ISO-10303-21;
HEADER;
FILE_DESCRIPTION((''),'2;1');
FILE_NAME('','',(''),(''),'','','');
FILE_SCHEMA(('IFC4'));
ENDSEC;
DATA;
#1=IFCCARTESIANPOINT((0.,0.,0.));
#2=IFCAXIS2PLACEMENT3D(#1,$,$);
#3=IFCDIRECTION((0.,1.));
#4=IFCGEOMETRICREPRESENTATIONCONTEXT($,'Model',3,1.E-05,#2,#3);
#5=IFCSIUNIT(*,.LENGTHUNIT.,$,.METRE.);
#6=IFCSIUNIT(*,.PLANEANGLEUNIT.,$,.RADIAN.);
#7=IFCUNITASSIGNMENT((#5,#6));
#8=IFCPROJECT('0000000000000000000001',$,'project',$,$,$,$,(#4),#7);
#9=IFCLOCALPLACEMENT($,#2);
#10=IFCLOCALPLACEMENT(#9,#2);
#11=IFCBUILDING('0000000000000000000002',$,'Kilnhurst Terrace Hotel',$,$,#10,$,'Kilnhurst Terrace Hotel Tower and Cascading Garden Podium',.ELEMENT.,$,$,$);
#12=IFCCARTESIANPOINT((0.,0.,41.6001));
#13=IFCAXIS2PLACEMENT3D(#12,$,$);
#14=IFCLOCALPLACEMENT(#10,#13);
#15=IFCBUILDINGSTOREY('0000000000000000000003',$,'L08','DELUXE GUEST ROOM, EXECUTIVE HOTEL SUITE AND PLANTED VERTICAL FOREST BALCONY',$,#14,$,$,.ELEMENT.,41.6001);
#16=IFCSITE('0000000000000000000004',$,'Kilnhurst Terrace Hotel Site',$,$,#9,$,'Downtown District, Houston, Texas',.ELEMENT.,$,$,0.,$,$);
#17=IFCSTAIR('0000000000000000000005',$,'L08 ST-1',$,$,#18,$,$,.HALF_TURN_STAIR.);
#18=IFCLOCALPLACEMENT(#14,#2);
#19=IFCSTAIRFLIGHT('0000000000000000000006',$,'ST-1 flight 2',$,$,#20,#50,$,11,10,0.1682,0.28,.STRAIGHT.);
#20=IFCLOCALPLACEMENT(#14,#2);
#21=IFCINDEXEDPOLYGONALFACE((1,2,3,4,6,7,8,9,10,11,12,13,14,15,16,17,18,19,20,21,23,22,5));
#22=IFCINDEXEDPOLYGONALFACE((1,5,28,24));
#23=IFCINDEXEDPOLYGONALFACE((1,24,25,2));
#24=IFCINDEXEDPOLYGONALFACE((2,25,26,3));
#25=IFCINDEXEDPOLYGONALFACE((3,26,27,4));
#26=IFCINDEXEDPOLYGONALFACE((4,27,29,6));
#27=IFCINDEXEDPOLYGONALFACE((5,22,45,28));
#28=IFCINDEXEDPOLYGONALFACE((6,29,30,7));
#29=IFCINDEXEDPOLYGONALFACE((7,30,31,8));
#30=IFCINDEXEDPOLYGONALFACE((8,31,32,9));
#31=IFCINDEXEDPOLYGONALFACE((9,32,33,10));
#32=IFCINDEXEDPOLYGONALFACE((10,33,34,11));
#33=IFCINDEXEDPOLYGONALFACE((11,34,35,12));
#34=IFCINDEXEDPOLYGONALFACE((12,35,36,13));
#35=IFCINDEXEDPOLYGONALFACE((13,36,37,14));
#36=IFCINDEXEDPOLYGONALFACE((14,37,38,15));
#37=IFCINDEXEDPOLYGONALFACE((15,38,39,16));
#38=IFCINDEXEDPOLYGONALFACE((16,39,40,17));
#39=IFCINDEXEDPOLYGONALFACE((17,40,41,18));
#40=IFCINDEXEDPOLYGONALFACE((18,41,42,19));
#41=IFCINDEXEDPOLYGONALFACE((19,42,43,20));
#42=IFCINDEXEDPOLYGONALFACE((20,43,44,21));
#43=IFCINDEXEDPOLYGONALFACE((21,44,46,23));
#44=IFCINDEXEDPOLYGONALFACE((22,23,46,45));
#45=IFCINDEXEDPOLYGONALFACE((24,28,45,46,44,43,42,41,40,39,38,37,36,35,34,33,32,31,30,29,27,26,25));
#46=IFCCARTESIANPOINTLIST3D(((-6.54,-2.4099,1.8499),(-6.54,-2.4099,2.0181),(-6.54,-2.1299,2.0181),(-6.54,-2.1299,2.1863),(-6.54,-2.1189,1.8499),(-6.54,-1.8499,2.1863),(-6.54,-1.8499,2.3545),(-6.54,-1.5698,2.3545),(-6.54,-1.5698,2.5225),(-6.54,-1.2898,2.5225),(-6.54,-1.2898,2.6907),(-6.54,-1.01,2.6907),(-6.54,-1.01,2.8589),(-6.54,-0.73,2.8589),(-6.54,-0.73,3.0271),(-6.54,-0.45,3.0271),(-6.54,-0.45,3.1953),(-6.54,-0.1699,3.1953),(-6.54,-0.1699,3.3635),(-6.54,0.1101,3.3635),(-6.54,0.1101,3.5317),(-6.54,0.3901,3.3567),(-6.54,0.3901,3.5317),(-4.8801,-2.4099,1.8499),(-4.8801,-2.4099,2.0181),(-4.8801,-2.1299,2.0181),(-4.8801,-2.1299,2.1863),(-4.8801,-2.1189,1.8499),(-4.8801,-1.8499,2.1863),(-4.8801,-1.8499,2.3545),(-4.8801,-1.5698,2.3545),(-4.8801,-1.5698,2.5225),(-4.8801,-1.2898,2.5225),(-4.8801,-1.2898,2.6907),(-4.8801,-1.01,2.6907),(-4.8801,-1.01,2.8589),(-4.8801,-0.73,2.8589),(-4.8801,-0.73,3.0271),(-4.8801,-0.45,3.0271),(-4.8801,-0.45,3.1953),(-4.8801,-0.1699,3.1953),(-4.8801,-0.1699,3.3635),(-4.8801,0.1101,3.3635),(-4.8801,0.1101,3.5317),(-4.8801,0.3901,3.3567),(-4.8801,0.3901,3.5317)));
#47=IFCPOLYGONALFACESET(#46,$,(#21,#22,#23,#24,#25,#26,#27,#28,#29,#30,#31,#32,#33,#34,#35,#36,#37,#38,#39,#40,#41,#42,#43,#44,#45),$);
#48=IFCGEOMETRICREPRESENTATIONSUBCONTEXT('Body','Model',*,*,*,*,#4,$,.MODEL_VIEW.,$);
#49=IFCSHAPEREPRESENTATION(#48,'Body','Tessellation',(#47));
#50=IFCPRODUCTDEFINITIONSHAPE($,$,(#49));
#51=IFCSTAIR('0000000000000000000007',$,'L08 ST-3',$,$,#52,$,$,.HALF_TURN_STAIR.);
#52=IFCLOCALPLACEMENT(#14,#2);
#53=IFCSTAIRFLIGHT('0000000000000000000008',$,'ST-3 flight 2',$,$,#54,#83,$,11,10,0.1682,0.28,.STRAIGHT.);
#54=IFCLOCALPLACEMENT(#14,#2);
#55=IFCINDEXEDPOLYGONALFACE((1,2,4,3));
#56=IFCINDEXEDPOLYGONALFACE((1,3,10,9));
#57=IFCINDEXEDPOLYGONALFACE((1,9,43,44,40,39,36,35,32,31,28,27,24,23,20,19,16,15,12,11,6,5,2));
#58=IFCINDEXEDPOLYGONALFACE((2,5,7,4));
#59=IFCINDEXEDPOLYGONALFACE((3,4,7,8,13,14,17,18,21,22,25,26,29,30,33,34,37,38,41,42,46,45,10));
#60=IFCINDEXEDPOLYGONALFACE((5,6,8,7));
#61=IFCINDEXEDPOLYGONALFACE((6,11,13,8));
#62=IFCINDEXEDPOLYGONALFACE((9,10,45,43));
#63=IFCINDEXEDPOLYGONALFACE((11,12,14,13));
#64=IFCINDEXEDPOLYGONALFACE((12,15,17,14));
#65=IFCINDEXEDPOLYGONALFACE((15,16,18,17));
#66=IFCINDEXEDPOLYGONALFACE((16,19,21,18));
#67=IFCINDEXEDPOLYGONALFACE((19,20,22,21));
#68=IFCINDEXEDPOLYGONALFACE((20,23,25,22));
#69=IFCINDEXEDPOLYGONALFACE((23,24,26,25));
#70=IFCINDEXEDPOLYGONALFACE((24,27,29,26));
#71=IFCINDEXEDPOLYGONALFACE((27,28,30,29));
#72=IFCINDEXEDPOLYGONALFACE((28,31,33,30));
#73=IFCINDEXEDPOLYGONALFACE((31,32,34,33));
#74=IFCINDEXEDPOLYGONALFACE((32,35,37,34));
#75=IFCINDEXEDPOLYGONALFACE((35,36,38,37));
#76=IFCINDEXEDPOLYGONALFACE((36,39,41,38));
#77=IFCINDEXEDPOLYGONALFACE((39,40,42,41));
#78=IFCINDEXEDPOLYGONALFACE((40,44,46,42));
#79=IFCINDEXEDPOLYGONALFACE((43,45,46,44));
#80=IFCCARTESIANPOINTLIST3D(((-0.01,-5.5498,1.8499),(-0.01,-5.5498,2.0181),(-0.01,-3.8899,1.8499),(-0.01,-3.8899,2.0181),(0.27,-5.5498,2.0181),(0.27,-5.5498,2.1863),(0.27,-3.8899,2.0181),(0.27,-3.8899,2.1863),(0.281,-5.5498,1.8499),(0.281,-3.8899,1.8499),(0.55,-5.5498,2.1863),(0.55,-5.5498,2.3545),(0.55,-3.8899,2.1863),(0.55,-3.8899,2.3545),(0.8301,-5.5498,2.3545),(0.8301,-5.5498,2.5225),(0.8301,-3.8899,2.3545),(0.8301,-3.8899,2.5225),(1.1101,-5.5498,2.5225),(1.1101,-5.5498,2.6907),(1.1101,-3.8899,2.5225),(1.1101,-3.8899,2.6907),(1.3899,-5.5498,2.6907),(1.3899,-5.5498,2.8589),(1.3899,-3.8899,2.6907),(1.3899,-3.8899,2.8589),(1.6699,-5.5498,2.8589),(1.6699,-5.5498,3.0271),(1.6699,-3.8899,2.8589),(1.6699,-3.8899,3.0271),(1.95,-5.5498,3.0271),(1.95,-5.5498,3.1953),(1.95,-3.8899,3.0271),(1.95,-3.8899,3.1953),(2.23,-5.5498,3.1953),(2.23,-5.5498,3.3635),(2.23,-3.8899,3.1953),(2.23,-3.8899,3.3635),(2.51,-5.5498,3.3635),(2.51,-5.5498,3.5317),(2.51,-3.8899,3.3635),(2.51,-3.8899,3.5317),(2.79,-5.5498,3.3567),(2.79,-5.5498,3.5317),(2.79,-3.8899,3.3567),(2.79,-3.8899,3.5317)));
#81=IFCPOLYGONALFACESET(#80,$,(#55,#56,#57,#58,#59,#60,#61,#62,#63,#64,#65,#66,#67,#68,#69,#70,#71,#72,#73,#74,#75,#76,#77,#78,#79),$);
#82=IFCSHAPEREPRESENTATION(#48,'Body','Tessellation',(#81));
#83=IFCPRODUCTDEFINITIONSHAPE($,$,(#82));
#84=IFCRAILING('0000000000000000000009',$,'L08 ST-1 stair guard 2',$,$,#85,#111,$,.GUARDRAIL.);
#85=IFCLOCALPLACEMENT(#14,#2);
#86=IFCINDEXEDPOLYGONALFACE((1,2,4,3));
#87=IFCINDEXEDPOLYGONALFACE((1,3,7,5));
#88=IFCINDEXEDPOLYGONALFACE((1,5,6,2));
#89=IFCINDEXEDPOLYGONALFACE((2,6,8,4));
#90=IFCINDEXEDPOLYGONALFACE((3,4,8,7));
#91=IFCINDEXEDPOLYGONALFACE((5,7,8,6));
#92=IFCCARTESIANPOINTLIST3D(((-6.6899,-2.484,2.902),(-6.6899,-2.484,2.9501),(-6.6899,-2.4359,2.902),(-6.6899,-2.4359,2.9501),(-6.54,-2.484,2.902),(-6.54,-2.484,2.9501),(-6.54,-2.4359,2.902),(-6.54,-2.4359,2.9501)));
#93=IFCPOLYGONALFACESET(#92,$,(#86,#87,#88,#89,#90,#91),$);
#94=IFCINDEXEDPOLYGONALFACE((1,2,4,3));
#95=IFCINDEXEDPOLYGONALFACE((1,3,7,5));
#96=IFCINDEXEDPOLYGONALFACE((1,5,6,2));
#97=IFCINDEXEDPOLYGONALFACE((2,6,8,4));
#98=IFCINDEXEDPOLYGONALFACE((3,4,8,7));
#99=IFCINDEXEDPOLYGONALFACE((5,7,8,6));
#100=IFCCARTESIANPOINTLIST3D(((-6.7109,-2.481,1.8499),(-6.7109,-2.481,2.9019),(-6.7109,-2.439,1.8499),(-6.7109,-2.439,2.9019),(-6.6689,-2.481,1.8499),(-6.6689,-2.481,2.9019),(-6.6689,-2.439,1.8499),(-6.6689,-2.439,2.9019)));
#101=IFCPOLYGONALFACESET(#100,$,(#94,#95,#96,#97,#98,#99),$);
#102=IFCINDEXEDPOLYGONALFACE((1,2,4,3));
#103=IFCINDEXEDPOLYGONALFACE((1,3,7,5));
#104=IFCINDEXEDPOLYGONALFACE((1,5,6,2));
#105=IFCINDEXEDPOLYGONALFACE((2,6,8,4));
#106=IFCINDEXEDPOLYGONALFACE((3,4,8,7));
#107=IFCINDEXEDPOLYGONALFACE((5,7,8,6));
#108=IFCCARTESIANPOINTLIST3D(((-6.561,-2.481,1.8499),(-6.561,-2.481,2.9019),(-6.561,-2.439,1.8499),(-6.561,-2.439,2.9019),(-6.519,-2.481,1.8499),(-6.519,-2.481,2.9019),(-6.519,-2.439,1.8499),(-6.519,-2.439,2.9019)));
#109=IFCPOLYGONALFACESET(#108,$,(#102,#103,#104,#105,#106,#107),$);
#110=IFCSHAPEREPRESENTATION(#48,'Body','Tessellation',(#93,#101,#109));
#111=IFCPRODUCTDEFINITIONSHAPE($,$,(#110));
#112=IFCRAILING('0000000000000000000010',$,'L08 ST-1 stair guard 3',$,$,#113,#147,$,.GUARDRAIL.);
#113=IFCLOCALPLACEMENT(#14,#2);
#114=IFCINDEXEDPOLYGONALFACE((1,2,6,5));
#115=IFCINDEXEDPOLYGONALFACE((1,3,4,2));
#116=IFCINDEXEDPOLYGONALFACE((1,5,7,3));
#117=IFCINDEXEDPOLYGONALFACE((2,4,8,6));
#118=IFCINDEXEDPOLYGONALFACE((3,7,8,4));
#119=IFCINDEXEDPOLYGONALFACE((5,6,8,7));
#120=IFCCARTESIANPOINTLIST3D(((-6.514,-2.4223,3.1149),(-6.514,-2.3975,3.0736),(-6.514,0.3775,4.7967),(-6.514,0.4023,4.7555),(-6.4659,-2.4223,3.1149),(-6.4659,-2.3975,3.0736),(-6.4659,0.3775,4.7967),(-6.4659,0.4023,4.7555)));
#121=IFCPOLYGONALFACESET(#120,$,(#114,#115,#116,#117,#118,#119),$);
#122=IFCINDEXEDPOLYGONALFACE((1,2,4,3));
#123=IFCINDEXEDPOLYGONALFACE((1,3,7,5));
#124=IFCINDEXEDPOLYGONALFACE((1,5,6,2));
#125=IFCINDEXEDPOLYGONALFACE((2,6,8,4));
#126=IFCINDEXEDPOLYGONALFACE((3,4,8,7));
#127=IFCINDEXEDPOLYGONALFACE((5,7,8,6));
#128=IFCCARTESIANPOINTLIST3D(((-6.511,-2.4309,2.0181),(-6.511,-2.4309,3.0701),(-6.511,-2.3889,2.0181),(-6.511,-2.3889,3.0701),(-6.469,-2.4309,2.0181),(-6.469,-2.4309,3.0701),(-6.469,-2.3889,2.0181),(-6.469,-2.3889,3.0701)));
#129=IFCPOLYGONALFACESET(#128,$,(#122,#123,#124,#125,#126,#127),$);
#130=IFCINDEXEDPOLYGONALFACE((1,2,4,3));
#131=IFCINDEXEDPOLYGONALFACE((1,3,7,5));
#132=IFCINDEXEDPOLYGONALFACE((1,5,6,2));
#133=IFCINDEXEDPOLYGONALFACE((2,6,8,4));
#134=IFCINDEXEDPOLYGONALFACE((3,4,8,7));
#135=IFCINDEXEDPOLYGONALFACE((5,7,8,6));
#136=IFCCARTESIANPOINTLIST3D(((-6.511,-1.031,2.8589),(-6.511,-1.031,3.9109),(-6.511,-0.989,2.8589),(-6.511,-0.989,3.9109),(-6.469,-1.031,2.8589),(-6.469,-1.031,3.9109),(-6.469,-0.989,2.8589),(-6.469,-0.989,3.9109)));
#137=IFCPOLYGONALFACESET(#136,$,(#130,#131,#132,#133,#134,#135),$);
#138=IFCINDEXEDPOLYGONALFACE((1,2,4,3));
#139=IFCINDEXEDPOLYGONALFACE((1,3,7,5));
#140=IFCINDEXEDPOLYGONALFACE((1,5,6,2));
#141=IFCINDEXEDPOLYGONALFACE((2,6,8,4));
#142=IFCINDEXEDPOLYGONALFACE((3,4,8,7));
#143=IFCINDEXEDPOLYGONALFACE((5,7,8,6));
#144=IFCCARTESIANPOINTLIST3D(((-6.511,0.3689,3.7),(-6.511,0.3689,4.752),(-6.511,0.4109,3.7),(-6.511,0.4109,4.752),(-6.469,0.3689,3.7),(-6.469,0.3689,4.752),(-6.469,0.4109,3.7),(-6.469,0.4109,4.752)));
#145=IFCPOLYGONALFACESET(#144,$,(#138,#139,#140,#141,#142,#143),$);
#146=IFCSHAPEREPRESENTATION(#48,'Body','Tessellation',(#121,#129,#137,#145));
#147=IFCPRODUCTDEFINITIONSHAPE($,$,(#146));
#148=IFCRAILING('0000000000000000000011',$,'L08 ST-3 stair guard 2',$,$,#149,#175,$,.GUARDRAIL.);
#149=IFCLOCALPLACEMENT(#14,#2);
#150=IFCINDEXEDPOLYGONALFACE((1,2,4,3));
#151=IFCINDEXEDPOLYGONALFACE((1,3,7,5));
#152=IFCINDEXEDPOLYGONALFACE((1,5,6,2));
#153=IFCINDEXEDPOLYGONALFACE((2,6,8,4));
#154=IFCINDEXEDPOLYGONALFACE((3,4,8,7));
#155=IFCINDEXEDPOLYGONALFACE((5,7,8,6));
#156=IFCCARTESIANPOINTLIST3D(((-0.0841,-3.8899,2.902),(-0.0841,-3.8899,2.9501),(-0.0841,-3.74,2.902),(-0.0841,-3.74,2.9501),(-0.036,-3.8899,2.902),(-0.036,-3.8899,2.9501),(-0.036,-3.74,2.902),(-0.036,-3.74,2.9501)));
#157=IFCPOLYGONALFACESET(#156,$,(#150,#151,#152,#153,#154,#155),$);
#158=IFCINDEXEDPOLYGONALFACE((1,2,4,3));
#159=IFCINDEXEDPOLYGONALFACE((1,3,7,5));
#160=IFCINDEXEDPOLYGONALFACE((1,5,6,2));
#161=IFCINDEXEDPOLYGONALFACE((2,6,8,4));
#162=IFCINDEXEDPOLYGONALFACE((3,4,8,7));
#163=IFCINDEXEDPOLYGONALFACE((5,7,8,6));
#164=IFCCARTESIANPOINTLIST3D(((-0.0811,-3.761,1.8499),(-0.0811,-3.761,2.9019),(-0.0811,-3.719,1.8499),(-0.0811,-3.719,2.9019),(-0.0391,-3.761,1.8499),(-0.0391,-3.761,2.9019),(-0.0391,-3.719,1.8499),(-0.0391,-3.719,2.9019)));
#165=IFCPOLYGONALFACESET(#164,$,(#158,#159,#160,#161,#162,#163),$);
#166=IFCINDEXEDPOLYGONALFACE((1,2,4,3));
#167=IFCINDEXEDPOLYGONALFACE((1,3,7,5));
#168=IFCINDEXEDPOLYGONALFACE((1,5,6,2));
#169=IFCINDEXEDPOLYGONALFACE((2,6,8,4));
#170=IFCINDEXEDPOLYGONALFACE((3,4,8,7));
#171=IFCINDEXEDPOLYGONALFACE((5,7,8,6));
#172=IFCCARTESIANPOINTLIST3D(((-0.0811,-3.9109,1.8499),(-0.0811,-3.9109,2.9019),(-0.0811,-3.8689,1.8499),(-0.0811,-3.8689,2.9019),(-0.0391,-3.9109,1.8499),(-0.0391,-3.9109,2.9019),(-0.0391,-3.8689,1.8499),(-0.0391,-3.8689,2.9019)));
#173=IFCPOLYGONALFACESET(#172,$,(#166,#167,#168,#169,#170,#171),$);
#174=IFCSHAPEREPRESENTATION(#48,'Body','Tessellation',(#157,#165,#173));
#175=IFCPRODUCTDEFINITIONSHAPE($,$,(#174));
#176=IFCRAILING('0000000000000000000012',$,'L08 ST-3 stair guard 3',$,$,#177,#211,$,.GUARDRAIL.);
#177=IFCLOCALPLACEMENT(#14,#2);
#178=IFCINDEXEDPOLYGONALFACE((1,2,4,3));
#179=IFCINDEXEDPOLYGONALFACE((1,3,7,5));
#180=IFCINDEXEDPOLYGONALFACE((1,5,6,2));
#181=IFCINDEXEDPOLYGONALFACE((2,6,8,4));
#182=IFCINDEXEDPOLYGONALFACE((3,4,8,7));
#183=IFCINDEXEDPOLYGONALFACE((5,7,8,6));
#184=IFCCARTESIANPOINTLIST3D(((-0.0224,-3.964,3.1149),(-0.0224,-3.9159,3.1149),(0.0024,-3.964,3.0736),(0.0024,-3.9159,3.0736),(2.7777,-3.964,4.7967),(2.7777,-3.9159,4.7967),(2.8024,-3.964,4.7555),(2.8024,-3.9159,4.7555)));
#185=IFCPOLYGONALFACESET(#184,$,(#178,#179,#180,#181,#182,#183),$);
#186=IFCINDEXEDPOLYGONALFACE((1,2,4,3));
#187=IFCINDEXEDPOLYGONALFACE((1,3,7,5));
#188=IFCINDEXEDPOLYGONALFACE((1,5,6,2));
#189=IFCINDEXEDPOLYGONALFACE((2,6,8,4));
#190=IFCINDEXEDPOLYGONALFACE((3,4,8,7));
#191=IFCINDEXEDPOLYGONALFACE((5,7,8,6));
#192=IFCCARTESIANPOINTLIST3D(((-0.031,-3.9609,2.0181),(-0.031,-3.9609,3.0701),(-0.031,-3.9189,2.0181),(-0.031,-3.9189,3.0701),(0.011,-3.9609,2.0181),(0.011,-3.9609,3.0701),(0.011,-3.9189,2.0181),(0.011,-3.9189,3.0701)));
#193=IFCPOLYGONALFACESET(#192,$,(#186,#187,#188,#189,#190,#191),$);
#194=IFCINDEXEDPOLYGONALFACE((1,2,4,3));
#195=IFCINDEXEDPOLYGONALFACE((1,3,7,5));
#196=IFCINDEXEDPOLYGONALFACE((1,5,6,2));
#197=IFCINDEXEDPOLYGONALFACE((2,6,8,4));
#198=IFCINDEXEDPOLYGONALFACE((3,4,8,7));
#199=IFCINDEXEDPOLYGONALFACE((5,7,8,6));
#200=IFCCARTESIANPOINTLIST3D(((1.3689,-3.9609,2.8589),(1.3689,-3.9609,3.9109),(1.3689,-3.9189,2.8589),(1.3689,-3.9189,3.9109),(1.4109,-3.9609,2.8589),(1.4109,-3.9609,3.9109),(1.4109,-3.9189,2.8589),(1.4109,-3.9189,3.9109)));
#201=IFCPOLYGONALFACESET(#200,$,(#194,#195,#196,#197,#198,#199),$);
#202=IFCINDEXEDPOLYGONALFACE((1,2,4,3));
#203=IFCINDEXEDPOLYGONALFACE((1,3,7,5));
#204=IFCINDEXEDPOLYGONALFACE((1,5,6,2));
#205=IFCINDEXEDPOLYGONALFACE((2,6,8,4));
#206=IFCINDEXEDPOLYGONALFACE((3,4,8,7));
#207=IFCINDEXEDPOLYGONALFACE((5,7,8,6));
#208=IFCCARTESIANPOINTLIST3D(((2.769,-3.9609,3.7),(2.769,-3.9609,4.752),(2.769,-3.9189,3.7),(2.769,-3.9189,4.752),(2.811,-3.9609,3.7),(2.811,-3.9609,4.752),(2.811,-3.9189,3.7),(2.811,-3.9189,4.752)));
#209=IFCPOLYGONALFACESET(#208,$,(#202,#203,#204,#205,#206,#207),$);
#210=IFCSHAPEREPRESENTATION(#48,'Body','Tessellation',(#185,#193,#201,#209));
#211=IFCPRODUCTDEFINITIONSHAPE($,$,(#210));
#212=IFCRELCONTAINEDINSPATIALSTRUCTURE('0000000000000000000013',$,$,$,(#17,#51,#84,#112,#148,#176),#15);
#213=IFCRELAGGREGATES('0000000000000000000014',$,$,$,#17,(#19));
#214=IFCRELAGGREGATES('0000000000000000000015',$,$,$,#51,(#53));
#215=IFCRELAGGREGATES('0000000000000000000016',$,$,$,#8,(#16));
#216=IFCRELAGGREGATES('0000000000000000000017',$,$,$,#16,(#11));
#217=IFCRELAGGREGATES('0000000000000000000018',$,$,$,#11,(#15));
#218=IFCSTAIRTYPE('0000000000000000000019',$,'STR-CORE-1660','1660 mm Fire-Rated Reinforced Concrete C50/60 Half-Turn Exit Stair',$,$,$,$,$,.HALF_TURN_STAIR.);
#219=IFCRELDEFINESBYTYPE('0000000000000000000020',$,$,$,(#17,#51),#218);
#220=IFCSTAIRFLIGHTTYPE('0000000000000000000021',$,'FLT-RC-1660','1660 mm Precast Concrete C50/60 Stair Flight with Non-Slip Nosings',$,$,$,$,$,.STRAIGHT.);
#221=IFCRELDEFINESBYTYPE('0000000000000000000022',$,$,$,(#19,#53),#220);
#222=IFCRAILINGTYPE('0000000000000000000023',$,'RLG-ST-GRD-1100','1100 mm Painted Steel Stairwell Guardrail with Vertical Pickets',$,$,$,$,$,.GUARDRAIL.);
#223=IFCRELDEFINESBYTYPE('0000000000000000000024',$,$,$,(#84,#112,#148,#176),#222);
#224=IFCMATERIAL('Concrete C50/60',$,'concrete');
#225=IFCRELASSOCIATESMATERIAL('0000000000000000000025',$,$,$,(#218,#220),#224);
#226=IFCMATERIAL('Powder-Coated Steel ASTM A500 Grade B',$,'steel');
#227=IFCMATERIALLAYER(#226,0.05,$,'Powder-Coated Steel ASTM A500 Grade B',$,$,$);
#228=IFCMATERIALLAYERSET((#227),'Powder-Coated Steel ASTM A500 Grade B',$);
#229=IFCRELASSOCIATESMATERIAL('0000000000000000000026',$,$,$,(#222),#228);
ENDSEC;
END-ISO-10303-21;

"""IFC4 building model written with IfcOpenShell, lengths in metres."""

from ifc_helpers import new_model, si_unit, direction, frame, origin, origin_2d, place, context, subcontext, project, spatial, polyline, rectangle, outline, extrude, material, layer, layer_set, type_object, element, aggregate, save


model = new_model("IFC4")

# Units and contexts
model_context = context("Model", 3, precision=1e-05, world=origin(), true_north=direction((0.0, 1.0)))
body_context = subcontext(model_context, "Body", "Model", "MODEL_VIEW")
ifc_project = project(units=[si_unit("LENGTHUNIT", "METRE"), si_unit("PLANEANGLEUNIT", "RADIAN")], contexts=[model_context])

# Site, building, storey
site_placement = place(None, origin())
site = spatial("IfcSite", under=ifc_project, at=site_placement, Name="Kilnhurst Terrace Hotel Site", LongName="Downtown District, Houston, Texas", CompositionType="ELEMENT", RefElevation=0.0)
building_placement = place(site_placement, origin())
building = spatial("IfcBuilding", under=site, at=building_placement, Name="Kilnhurst Terrace Hotel", LongName="Kilnhurst Terrace Hotel Tower and Cascading Garden Podium", CompositionType="ELEMENT")
storey_placement = place(building_placement, frame((0.0, 0.0, 41.6001)))
storey = spatial("IfcBuildingStorey", under=building, at=storey_placement, Name="L08", Description="DELUXE GUEST ROOM, EXECUTIVE HOTEL SUITE AND PLANTED VERTICAL FOREST BALCONY", CompositionType="ELEMENT", Elevation=41.6001)

# Shared definitions
ifc_material_1 = material(Name="Concrete C50/60", Category="concrete")

# Stairs, stair flights
stair_type = type_object("IfcStairType", Name="STR-CORE-1660", Description="1660 mm Fire-Rated Reinforced Concrete C50/60 Half-Turn Exit Stair", PredefinedType="HALF_TURN_STAIR", material=ifc_material_1)
stair_1_placement = place(storey_placement, origin())
stair_1 = element("IfcStair", 1, at=stair_1_placement, inside=storey, type_object=stair_type, Name="L08 ST-1", PredefinedType="HALF_TURN_STAIR")
stair_flight_type = type_object("IfcStairFlightType", Name="FLT-RC-1660", Description="1660 mm Precast Concrete C50/60 Stair Flight with Non-Slip Nosings", PredefinedType="STRAIGHT", material=ifc_material_1)
stair_flight_1_placement = place(storey_placement, frame((-5.71, -2.4099, 1.8499), z_axis=(0.0, 0.0, 1.0), x_axis=(0.0, 1.0, 0.0)))
stair_flight_1 = element("IfcStairFlight", 2, at=stair_flight_1_placement, type_object=stair_flight_type, Name="ST-1 flight 2", NumberOfRisers=11, NumberOfTreads=10, PredefinedType="STRAIGHT", RiserHeight=0.1682, TreadLength=0.28, context=body_context, shape_type="SweptSolid", body=[
    extrude(outline(polyline([(0.0, 0.0), (0.0, 0.1682), (0.28, 0.1682), (0.28, 0.3364), (0.5601, 0.3364), (0.5601, 0.5046), (0.8401, 0.5046), (0.8401, 0.6726), (1.1201, 0.6726), (1.1201, 0.8408), (1.3999, 0.8408), (1.3999, 1.009), (1.6799, 1.009), (1.6799, 1.1772), (1.96, 1.1772), (1.96, 1.3455), (2.24, 1.3455), (2.24, 1.5137), (2.52, 1.5137), (2.52, 1.6819), (2.8, 1.6819), (2.8, 1.8501), (2.8, 1.5068), (0.291, 0.0), (0.0, 0.0)])), frame((0.0, 0.8301, 0.0), z_axis=(0.0, -1.0, 0.0), x_axis=(1.0, 0.0, 0.0)), (0.0, 0.0, 1.0), 1.6599),
])
aggregate(stair_1, [stair_flight_1])
stair_2_placement = place(storey_placement, origin())
stair_2 = element("IfcStair", 3, at=stair_2_placement, inside=storey, type_object=stair_type, Name="L08 ST-3", PredefinedType="HALF_TURN_STAIR")
stair_flight_2_placement = place(storey_placement, frame((-0.01, -4.72, 1.8499), z_axis=(0.0, 0.0, 1.0), x_axis=(1.0, 0.0, 0.0)))
stair_flight_2 = element("IfcStairFlight", 4, at=stair_flight_2_placement, type_object=stair_flight_type, Name="ST-3 flight 2", NumberOfRisers=11, NumberOfTreads=10, PredefinedType="STRAIGHT", RiserHeight=0.1682, TreadLength=0.28, context=body_context, shape_type="SweptSolid", body=[
    extrude(outline(polyline([(0.0, 0.0), (0.0, 0.1682), (0.28, 0.1682), (0.28, 0.3364), (0.5601, 0.3364), (0.5601, 0.5046), (0.8401, 0.5046), (0.8401, 0.6726), (1.1201, 0.6726), (1.1201, 0.8408), (1.3999, 0.8408), (1.3999, 1.009), (1.6799, 1.009), (1.6799, 1.1772), (1.96, 1.1772), (1.96, 1.3455), (2.24, 1.3455), (2.24, 1.5137), (2.52, 1.5137), (2.52, 1.6819), (2.8, 1.6819), (2.8, 1.8501), (2.8, 1.5068), (0.291, 0.0), (0.0, 0.0)])), frame((0.0, 0.8301, 0.0), z_axis=(0.0, -1.0, 0.0), x_axis=(1.0, 0.0, 0.0)), (0.0, 0.0, 1.0), 1.6599),
])
aggregate(stair_2, [stair_flight_2])

# Railings
ifc_material_2 = material(Name="Powder-Coated Steel ASTM A500 Grade B", Category="steel")
ifc_layer_1 = layer(ifc_material_2, 0.05, Name="Powder-Coated Steel ASTM A500 Grade B")
ifc_layer_set_1 = layer_set([ifc_layer_1], Name="Powder-Coated Steel ASTM A500 Grade B")
railing_type_1 = type_object("IfcRailingType", Name="RLG-ST-GRD-1100", Description="1100 mm Painted Steel Stairwell Guardrail with Vertical Pickets", PredefinedType="GUARDRAIL", material=ifc_layer_set_1)
railing_1_placement = place(storey_placement, frame((-6.6899, -2.46, 1.8499)))
element("IfcRailing", 5, at=railing_1_placement, inside=storey, type_object=railing_type_1, Name="L08 ST-1 stair guard 2", PredefinedType="GUARDRAIL", context=body_context, shape_type="SweptSolid", body=[
    extrude(rectangle(XDim=0.0481, YDim=0.0481, at=origin_2d()), frame((0.0, 0.0, 1.0762), z_axis=(1.0, 0.0, 0.0), x_axis=(0.0, 1.0, 0.0)), (0.0, 0.0, 1.0), 0.1499),
    extrude(rectangle(XDim=0.042, YDim=0.042, at=origin_2d()), origin(), (0.0, 0.0, 1.0), 1.052),
    extrude(rectangle(XDim=0.042, YDim=0.042, at=origin_2d()), frame((0.1499, 0.0, 0.0)), (0.0, 0.0, 1.0), 1.052),
])
railing_2_placement = place(storey_placement, frame((-6.49, -2.4099, 2.0181)))
element("IfcRailing", 6, at=railing_2_placement, inside=storey, type_object=railing_type_1, Name="L08 ST-1 stair guard 3", PredefinedType="GUARDRAIL", context=body_context, shape_type="SweptSolid", body=[
    extrude(rectangle(XDim=0.0481, YDim=0.0481, at=origin_2d()), frame((0.0, 0.0, 1.0762), z_axis=(0.0, 0.857222, 0.514946), x_axis=(-1.0, 0.0, 0.0)), (0.0, 0.0, 1.0), 3.2661),
    extrude(rectangle(XDim=0.042, YDim=0.042, at=origin_2d()), origin(), (0.0, 0.0, 1.0), 1.052),
    extrude(rectangle(XDim=0.042, YDim=0.042, at=origin_2d()), frame((0.0, 1.3999, 0.8408)), (0.0, 0.0, 1.0), 1.052),
    extrude(rectangle(XDim=0.042, YDim=0.042, at=origin_2d()), frame((0.0, 2.7998, 1.6819)), (0.0, 0.0, 1.0), 1.052),
])
railing_3_placement = place(storey_placement, frame((-0.0601, -3.74, 1.8499)))
element("IfcRailing", 7, at=railing_3_placement, inside=storey, type_object=railing_type_1, Name="L08 ST-3 stair guard 2", PredefinedType="GUARDRAIL", context=body_context, shape_type="SweptSolid", body=[
    extrude(rectangle(XDim=0.0481, YDim=0.0481, at=origin_2d()), frame((0.0, 0.0, 1.0762), z_axis=(0.0, -1.0, 0.0), x_axis=(1.0, 0.0, 0.0)), (0.0, 0.0, 1.0), 0.1499),
    extrude(rectangle(XDim=0.042, YDim=0.042, at=origin_2d()), origin(), (0.0, 0.0, 1.0), 1.052),
    extrude(rectangle(XDim=0.042, YDim=0.042, at=origin_2d()), frame((0.0, -0.1499, 0.0)), (0.0, 0.0, 1.0), 1.052),
])
railing_4_placement = place(storey_placement, frame((-0.01, -3.9399, 2.0181)))
element("IfcRailing", 8, at=railing_4_placement, inside=storey, type_object=railing_type_1, Name="L08 ST-3 stair guard 3", PredefinedType="GUARDRAIL", context=body_context, shape_type="SweptSolid", body=[
    extrude(rectangle(XDim=0.0481, YDim=0.0481, at=origin_2d()), frame((0.0, 0.0, 1.0762), z_axis=(0.857242, 0.0, 0.514913), x_axis=(0.0, 1.0, 0.0)), (0.0, 0.0, 1.0), 3.2664),
    extrude(rectangle(XDim=0.042, YDim=0.042, at=origin_2d()), origin(), (0.0, 0.0, 1.0), 1.052),
    extrude(rectangle(XDim=0.042, YDim=0.042, at=origin_2d()), frame((1.3999, 0.0, 0.8408)), (0.0, 0.0, 1.0), 1.052),
    extrude(rectangle(XDim=0.042, YDim=0.042, at=origin_2d()), frame((2.8, 0.0, 1.6819)), (0.0, 0.0, 1.0), 1.052),
])

save(model, "model.ifc")
